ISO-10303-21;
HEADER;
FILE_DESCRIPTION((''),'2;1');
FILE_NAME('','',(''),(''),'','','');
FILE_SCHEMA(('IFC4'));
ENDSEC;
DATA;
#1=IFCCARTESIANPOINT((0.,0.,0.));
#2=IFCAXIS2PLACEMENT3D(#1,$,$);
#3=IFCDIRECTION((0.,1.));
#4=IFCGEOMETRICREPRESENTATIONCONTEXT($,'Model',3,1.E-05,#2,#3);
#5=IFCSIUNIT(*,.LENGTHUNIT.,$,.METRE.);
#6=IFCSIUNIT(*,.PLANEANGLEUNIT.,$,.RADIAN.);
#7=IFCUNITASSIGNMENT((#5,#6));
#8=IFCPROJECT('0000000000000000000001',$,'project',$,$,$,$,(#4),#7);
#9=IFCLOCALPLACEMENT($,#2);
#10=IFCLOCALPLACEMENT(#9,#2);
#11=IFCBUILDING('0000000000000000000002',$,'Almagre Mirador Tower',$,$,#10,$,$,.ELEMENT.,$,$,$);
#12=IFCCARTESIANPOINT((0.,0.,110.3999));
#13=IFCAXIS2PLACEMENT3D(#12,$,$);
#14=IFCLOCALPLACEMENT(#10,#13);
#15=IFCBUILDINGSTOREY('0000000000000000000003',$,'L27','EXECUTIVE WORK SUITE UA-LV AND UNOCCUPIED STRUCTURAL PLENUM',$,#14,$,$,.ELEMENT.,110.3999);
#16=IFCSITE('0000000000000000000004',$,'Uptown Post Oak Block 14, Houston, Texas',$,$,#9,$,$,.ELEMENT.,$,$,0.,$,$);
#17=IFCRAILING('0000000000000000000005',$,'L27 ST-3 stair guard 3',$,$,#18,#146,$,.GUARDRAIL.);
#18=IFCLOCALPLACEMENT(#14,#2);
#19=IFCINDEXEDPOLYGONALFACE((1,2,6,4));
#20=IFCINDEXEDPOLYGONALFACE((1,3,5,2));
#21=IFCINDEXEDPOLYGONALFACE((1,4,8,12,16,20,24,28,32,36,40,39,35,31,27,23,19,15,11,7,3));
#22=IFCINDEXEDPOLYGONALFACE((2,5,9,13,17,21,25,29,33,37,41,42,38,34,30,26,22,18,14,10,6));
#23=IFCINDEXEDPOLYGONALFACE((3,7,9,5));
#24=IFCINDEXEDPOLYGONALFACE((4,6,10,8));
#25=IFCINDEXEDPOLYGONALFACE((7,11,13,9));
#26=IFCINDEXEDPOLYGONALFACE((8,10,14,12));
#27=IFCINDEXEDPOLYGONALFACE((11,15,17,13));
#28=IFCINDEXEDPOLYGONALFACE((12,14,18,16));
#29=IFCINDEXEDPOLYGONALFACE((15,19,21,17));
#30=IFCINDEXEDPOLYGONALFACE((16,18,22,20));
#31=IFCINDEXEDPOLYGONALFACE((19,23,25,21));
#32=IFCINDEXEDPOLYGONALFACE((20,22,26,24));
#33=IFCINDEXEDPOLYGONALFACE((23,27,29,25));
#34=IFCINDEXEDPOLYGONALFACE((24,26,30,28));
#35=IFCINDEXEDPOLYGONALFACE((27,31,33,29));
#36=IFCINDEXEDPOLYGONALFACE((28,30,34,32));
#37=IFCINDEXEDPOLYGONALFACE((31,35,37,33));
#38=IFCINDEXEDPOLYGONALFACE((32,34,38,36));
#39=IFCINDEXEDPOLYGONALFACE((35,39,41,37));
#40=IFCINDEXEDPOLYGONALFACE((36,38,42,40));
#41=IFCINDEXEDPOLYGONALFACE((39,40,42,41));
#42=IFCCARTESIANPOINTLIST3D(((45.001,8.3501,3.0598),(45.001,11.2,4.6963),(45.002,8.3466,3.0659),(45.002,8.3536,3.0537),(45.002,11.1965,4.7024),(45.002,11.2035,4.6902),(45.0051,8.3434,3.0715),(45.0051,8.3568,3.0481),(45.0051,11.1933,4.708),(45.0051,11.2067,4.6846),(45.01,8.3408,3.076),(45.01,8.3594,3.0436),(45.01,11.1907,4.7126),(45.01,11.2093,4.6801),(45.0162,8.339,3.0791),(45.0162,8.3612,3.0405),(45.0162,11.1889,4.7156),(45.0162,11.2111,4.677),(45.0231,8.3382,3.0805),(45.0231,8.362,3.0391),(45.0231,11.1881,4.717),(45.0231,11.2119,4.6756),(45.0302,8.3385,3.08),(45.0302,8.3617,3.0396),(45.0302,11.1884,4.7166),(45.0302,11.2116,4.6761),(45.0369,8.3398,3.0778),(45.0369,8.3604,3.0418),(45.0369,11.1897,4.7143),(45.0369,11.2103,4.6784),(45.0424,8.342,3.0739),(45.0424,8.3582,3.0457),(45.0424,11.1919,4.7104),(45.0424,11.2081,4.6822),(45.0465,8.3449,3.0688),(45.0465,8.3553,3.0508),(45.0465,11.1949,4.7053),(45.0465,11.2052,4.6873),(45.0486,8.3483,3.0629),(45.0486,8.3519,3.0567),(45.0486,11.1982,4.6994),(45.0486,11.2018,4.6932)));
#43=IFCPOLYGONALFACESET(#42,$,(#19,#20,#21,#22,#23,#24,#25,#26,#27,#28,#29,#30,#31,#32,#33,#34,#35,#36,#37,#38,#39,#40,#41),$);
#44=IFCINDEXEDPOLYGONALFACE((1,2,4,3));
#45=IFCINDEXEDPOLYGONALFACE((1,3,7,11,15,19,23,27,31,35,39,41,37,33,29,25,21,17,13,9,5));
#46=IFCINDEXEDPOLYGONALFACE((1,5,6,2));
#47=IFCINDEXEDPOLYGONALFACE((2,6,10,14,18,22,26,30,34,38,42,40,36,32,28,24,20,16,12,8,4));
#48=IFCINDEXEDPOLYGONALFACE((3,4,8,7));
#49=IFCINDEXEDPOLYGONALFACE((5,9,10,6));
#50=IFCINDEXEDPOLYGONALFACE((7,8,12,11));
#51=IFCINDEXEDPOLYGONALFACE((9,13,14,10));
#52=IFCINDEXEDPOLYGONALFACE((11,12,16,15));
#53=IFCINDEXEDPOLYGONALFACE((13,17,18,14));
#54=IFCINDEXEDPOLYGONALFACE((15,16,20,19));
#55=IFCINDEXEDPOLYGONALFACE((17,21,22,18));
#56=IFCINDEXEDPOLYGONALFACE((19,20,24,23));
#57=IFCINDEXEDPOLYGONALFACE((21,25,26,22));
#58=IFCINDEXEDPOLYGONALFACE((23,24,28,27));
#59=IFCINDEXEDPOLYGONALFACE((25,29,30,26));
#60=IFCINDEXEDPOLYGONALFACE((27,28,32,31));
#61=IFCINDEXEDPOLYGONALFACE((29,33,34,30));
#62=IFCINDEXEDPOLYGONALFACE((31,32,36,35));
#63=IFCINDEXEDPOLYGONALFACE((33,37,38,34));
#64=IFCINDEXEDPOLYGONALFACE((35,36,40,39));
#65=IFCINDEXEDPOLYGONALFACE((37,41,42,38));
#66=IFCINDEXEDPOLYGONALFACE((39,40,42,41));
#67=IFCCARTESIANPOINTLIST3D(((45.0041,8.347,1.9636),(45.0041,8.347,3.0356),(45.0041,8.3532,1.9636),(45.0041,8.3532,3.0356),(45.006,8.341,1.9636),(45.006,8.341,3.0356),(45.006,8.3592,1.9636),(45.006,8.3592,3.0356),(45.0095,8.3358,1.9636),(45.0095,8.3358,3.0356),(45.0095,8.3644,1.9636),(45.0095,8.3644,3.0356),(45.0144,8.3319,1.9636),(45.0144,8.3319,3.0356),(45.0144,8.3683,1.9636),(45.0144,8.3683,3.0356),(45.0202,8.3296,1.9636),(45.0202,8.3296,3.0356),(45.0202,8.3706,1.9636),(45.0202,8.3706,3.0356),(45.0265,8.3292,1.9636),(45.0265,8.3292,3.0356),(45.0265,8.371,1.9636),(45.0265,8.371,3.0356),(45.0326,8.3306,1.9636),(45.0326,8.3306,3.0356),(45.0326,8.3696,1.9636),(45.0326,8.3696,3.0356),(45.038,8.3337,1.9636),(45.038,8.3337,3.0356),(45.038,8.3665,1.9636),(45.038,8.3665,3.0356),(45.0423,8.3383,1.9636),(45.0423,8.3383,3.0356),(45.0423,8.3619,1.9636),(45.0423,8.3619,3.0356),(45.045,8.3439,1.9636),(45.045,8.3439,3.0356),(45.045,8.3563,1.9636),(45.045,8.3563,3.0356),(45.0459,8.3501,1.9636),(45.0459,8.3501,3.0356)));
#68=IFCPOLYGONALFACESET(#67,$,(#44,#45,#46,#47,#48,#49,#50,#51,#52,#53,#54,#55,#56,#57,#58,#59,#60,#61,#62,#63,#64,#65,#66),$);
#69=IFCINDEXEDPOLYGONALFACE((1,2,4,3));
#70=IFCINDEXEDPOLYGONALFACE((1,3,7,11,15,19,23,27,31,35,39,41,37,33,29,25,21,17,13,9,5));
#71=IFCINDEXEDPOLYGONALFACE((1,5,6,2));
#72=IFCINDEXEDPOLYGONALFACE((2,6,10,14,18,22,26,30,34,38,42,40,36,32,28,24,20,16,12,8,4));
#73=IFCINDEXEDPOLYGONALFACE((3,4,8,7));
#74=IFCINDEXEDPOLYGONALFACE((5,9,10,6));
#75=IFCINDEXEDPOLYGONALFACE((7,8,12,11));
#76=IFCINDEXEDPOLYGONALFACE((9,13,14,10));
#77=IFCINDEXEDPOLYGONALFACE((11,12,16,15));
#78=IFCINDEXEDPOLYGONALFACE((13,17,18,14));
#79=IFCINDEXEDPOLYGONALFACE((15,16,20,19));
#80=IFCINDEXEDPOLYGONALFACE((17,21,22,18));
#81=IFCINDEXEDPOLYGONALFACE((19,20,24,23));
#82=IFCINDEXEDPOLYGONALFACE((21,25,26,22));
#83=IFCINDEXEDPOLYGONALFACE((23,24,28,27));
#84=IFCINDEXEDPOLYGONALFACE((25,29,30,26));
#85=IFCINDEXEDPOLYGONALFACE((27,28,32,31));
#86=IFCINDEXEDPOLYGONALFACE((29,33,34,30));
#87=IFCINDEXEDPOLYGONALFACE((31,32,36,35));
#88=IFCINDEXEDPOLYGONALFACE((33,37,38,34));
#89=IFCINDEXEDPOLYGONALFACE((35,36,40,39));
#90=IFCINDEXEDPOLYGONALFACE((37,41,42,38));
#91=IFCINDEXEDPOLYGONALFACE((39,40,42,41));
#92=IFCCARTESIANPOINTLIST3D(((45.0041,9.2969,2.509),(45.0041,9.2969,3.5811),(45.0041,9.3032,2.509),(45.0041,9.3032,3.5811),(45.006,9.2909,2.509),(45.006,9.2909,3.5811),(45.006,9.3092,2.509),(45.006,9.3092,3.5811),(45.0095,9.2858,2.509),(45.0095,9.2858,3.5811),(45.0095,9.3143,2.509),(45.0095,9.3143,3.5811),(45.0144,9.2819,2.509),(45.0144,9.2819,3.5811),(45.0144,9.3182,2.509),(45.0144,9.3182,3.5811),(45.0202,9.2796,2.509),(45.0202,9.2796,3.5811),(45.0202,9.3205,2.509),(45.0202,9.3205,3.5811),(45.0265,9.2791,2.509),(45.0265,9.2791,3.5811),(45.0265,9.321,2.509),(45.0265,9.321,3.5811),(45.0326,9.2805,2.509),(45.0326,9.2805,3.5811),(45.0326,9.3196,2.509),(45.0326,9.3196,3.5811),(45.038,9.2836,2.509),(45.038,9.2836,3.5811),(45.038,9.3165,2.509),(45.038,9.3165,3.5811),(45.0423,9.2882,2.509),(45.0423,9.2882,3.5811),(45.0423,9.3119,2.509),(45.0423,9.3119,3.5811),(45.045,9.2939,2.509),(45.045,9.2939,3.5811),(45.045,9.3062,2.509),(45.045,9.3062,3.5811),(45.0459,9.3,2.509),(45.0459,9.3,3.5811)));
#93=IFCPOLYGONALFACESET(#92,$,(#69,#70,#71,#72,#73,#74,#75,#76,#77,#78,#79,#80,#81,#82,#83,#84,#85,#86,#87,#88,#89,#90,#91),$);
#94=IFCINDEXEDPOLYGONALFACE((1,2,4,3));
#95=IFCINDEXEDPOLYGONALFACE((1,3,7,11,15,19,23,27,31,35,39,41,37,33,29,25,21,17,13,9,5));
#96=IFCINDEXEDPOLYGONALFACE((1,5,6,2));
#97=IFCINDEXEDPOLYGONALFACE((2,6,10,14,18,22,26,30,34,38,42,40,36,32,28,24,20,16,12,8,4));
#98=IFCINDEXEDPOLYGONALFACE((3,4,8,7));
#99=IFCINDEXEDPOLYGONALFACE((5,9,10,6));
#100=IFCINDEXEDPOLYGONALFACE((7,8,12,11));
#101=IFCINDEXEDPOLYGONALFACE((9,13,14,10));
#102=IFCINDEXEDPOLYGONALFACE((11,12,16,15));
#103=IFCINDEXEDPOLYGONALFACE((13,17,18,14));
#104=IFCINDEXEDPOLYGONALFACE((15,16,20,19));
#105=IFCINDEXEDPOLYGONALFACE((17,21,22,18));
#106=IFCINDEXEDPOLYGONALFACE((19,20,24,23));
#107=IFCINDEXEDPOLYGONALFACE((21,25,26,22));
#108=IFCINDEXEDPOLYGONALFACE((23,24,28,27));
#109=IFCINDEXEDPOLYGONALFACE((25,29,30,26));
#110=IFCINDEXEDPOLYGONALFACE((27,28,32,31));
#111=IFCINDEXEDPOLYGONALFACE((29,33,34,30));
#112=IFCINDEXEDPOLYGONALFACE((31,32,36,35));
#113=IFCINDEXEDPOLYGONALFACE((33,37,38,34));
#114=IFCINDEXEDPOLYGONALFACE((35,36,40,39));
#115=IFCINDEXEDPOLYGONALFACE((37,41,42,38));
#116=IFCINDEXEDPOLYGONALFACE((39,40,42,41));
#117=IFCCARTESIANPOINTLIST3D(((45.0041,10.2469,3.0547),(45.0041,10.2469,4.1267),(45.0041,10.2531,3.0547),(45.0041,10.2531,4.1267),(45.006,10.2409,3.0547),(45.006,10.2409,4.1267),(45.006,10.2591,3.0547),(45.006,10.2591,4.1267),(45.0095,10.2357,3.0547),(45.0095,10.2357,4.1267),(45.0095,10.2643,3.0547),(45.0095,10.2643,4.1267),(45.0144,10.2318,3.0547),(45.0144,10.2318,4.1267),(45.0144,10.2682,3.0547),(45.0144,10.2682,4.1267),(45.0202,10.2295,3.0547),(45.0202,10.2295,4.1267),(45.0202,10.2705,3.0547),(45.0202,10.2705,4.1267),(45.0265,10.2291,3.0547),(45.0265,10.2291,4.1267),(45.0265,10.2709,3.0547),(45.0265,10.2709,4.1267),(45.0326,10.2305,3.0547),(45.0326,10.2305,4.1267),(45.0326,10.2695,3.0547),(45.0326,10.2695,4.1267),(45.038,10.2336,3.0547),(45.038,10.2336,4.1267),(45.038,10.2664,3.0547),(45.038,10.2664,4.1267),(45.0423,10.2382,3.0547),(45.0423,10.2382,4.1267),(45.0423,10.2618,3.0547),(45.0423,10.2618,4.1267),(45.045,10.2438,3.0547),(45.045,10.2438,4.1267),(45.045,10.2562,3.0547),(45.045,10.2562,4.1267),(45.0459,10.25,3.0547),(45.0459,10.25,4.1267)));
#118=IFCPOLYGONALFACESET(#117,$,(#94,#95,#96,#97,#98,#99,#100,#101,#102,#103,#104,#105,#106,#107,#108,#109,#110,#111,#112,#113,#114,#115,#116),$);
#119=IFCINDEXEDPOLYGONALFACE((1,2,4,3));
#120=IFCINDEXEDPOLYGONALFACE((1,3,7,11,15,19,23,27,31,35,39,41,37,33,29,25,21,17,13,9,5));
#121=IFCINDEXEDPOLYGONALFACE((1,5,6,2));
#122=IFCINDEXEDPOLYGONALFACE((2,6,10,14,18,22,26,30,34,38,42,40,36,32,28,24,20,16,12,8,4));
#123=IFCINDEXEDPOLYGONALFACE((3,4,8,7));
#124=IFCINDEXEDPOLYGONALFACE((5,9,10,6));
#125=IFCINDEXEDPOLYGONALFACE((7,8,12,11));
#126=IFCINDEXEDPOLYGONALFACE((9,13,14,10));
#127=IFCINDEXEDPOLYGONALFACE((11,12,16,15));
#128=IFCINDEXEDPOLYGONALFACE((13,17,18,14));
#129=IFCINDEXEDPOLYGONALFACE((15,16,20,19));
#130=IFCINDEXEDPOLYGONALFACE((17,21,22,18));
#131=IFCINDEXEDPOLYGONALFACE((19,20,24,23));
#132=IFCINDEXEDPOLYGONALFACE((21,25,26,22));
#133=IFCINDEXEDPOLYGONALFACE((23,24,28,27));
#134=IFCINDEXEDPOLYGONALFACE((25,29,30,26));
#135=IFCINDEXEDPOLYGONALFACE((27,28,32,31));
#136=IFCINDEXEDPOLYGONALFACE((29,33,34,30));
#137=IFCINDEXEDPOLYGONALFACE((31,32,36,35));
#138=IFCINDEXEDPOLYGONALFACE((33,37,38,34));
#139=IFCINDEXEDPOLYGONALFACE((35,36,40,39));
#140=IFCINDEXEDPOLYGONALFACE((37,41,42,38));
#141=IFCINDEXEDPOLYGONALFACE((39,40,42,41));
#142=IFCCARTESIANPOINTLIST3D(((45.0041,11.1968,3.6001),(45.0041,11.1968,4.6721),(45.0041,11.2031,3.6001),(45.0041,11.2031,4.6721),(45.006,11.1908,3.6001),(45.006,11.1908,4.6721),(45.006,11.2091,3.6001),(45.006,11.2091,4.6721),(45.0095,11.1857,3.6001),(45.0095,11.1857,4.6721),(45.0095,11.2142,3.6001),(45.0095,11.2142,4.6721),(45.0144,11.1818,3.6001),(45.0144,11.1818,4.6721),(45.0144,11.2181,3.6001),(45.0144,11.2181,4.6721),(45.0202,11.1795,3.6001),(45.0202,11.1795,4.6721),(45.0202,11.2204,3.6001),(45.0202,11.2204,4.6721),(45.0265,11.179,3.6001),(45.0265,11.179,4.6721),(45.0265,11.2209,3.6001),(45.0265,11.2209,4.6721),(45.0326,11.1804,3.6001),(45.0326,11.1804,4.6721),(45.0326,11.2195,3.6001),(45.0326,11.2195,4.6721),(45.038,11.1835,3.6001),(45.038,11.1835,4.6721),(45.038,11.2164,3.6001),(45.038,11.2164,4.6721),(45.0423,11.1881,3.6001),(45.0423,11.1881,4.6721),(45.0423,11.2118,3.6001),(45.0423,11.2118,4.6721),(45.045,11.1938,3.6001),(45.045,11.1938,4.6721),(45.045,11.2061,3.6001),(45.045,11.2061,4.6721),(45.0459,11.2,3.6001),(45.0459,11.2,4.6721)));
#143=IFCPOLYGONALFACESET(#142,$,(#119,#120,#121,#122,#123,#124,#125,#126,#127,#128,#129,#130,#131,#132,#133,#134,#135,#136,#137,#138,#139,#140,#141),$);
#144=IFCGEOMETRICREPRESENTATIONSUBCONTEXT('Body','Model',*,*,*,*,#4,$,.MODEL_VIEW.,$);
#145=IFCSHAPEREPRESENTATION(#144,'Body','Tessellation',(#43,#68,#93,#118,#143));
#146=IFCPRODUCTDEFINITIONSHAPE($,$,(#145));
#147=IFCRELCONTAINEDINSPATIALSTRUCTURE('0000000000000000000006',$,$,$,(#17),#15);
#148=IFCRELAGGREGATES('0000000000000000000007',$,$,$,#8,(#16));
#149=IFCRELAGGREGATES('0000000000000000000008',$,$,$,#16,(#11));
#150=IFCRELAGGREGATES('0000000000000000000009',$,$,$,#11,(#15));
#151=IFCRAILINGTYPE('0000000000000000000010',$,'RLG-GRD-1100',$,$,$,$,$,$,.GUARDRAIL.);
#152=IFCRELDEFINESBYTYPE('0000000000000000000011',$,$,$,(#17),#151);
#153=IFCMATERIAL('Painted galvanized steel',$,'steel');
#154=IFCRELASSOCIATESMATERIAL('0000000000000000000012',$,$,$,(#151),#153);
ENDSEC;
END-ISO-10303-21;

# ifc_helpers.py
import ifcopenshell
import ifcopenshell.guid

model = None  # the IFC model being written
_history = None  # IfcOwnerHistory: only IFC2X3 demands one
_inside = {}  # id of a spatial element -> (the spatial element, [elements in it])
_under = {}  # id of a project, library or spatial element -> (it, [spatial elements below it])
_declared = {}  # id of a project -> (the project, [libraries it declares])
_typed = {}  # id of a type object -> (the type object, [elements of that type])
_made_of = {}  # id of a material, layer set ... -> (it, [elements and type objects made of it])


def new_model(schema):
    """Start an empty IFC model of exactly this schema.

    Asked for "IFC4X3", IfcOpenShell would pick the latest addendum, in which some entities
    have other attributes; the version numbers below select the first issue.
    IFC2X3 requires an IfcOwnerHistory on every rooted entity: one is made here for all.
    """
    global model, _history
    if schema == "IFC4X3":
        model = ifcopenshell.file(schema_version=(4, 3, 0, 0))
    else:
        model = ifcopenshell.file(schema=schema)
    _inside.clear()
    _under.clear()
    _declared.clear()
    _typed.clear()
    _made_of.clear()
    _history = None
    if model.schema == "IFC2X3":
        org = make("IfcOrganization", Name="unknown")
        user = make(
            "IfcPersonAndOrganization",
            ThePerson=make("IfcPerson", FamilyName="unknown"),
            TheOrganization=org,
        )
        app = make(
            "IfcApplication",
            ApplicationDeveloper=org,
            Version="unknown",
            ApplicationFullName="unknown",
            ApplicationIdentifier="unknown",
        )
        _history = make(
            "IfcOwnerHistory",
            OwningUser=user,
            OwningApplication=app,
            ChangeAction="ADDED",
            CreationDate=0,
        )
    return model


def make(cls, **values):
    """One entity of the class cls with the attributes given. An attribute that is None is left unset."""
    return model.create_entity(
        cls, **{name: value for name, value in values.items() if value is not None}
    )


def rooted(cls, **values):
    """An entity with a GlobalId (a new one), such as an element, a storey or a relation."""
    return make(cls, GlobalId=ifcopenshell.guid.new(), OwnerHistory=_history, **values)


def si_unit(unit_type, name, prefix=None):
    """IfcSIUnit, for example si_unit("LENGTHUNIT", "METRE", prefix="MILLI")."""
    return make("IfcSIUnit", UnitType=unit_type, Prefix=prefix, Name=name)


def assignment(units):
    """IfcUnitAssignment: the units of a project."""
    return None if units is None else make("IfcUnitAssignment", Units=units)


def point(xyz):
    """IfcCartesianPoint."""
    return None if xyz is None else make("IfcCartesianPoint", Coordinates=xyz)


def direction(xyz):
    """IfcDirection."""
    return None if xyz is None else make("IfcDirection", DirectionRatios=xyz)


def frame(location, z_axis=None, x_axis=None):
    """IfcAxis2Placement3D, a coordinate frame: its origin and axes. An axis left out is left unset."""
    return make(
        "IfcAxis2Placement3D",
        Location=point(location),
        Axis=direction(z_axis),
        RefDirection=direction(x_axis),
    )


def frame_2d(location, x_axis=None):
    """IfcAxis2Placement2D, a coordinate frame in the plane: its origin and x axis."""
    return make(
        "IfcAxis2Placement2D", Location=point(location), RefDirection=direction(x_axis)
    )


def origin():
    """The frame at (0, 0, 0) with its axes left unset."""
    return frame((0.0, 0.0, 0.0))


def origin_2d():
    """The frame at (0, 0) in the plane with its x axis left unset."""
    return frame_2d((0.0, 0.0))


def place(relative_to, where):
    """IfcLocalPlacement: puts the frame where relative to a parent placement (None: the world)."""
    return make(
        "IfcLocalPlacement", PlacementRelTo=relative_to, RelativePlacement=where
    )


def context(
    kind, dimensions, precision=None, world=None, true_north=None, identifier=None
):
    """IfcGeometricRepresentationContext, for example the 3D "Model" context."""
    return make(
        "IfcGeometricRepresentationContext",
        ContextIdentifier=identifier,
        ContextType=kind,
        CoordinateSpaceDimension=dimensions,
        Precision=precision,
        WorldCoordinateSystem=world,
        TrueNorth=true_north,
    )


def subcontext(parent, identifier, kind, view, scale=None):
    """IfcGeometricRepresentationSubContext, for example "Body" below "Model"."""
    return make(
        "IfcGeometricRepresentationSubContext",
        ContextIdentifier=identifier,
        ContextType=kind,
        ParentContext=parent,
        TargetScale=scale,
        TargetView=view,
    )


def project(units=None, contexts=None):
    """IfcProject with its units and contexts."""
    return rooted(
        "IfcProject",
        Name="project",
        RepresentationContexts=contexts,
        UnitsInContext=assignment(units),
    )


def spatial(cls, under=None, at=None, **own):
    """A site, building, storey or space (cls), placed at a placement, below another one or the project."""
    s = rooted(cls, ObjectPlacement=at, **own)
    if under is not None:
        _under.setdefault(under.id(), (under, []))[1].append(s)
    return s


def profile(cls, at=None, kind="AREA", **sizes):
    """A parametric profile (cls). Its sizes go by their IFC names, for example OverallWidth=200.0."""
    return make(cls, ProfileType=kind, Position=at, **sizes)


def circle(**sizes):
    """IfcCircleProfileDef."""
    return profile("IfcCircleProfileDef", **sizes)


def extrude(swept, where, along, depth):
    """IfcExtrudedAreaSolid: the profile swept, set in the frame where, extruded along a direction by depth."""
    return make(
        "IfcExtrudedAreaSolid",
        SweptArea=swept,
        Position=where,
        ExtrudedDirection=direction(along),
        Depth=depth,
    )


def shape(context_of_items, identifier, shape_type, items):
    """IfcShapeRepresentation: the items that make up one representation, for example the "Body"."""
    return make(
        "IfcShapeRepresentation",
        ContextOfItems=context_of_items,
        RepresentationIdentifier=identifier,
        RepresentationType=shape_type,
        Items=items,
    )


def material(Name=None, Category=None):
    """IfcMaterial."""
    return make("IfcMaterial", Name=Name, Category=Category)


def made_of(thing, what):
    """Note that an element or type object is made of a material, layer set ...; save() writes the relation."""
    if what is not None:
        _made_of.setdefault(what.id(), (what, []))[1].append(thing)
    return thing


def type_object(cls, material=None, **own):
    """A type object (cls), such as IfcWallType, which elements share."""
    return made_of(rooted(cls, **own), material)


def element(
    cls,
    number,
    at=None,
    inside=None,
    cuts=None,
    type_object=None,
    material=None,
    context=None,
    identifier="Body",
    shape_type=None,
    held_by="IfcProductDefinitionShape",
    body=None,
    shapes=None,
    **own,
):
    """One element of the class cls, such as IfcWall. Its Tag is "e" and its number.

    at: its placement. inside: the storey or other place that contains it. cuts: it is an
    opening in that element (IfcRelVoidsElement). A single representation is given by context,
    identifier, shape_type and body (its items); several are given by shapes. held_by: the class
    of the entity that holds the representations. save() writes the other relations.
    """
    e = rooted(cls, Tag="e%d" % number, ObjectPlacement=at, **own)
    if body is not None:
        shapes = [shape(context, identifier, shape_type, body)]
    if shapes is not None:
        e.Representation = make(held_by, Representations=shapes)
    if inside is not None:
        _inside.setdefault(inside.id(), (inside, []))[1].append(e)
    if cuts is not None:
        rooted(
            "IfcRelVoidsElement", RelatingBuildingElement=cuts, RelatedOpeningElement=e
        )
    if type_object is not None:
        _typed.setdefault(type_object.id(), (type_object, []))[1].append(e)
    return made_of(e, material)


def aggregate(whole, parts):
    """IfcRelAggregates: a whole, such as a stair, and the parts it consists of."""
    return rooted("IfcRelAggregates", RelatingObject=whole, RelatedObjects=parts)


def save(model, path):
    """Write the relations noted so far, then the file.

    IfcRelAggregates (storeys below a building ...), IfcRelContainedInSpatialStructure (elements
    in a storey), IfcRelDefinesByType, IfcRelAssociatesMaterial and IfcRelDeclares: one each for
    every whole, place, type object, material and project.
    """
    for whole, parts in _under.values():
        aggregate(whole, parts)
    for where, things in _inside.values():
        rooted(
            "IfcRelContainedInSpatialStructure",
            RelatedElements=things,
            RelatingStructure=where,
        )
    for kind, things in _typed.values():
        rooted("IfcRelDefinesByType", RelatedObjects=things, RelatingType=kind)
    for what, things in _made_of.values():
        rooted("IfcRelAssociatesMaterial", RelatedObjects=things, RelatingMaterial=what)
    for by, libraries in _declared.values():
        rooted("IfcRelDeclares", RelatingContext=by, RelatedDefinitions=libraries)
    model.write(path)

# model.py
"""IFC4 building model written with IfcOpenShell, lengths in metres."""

from ifc_helpers import new_model, si_unit, direction, frame, origin, origin_2d, place, context, subcontext, project, spatial, circle, extrude, material, type_object, element, save


model = new_model("IFC4")

# Units and contexts
model_context = context("Model", 3, precision=1e-05, world=origin(), true_north=direction((0.0, 1.0)))
body_context = subcontext(model_context, "Body", "Model", "MODEL_VIEW")
ifc_project = project(units=[si_unit("LENGTHUNIT", "METRE"), si_unit("PLANEANGLEUNIT", "RADIAN")], contexts=[model_context])

# Site, building, storey
site_placement = place(None, origin())
site = spatial("IfcSite", under=ifc_project, at=site_placement, Name="Uptown Post Oak Block 14, Houston, Texas", CompositionType="ELEMENT", RefElevation=0.0)
building_placement = place(site_placement, origin())
building = spatial("IfcBuilding", under=site, at=building_placement, Name="Almagre Mirador Tower", CompositionType="ELEMENT")
storey_placement = place(building_placement, frame((0.0, 0.0, 110.3999)))
storey = spatial("IfcBuildingStorey", under=building, at=storey_placement, Name="L27", Description="EXECUTIVE WORK SUITE UA-LV AND UNOCCUPIED STRUCTURAL PLENUM", CompositionType="ELEMENT", Elevation=110.3999)

# Railing
ifc_material_1 = material(Name="Painted galvanized steel", Category="steel")
railing_type_1 = type_object("IfcRailingType", Name="RLG-GRD-1100", PredefinedType="GUARDRAIL", material=ifc_material_1)
railing_1_placement = place(storey_placement, frame((45.0249, 8.3501, 1.9636)))
element("IfcRailing", 1, at=railing_1_placement, inside=storey, type_object=railing_type_1, Name="L27 ST-3 stair guard 3", PredefinedType="GUARDRAIL", context=body_context, shape_type="SweptSolid", body=[
    extrude(circle(Radius=0.0239, at=origin_2d()), frame((0.0, 0.0, 1.0962), z_axis=(0.0, 0.867194, 0.49797), x_axis=(-1.0, 0.0, 0.0)), (0.0, 0.0, 1.0), 3.2864),
    extrude(circle(Radius=0.021, at=origin_2d()), origin(), (0.0, 0.0, 1.0), 1.072),
    extrude(circle(Radius=0.021, at=origin_2d()), frame((0.0, 0.95, 0.5454)), (0.0, 0.0, 1.0), 1.072),
    extrude(circle(Radius=0.021, at=origin_2d()), frame((0.0, 1.8999, 1.0911)), (0.0, 0.0, 1.0), 1.072),
    extrude(circle(Radius=0.021, at=origin_2d()), frame((0.0, 2.8499, 1.6365)), (0.0, 0.0, 1.0), 1.072),
])

save(model, "model.ifc")
